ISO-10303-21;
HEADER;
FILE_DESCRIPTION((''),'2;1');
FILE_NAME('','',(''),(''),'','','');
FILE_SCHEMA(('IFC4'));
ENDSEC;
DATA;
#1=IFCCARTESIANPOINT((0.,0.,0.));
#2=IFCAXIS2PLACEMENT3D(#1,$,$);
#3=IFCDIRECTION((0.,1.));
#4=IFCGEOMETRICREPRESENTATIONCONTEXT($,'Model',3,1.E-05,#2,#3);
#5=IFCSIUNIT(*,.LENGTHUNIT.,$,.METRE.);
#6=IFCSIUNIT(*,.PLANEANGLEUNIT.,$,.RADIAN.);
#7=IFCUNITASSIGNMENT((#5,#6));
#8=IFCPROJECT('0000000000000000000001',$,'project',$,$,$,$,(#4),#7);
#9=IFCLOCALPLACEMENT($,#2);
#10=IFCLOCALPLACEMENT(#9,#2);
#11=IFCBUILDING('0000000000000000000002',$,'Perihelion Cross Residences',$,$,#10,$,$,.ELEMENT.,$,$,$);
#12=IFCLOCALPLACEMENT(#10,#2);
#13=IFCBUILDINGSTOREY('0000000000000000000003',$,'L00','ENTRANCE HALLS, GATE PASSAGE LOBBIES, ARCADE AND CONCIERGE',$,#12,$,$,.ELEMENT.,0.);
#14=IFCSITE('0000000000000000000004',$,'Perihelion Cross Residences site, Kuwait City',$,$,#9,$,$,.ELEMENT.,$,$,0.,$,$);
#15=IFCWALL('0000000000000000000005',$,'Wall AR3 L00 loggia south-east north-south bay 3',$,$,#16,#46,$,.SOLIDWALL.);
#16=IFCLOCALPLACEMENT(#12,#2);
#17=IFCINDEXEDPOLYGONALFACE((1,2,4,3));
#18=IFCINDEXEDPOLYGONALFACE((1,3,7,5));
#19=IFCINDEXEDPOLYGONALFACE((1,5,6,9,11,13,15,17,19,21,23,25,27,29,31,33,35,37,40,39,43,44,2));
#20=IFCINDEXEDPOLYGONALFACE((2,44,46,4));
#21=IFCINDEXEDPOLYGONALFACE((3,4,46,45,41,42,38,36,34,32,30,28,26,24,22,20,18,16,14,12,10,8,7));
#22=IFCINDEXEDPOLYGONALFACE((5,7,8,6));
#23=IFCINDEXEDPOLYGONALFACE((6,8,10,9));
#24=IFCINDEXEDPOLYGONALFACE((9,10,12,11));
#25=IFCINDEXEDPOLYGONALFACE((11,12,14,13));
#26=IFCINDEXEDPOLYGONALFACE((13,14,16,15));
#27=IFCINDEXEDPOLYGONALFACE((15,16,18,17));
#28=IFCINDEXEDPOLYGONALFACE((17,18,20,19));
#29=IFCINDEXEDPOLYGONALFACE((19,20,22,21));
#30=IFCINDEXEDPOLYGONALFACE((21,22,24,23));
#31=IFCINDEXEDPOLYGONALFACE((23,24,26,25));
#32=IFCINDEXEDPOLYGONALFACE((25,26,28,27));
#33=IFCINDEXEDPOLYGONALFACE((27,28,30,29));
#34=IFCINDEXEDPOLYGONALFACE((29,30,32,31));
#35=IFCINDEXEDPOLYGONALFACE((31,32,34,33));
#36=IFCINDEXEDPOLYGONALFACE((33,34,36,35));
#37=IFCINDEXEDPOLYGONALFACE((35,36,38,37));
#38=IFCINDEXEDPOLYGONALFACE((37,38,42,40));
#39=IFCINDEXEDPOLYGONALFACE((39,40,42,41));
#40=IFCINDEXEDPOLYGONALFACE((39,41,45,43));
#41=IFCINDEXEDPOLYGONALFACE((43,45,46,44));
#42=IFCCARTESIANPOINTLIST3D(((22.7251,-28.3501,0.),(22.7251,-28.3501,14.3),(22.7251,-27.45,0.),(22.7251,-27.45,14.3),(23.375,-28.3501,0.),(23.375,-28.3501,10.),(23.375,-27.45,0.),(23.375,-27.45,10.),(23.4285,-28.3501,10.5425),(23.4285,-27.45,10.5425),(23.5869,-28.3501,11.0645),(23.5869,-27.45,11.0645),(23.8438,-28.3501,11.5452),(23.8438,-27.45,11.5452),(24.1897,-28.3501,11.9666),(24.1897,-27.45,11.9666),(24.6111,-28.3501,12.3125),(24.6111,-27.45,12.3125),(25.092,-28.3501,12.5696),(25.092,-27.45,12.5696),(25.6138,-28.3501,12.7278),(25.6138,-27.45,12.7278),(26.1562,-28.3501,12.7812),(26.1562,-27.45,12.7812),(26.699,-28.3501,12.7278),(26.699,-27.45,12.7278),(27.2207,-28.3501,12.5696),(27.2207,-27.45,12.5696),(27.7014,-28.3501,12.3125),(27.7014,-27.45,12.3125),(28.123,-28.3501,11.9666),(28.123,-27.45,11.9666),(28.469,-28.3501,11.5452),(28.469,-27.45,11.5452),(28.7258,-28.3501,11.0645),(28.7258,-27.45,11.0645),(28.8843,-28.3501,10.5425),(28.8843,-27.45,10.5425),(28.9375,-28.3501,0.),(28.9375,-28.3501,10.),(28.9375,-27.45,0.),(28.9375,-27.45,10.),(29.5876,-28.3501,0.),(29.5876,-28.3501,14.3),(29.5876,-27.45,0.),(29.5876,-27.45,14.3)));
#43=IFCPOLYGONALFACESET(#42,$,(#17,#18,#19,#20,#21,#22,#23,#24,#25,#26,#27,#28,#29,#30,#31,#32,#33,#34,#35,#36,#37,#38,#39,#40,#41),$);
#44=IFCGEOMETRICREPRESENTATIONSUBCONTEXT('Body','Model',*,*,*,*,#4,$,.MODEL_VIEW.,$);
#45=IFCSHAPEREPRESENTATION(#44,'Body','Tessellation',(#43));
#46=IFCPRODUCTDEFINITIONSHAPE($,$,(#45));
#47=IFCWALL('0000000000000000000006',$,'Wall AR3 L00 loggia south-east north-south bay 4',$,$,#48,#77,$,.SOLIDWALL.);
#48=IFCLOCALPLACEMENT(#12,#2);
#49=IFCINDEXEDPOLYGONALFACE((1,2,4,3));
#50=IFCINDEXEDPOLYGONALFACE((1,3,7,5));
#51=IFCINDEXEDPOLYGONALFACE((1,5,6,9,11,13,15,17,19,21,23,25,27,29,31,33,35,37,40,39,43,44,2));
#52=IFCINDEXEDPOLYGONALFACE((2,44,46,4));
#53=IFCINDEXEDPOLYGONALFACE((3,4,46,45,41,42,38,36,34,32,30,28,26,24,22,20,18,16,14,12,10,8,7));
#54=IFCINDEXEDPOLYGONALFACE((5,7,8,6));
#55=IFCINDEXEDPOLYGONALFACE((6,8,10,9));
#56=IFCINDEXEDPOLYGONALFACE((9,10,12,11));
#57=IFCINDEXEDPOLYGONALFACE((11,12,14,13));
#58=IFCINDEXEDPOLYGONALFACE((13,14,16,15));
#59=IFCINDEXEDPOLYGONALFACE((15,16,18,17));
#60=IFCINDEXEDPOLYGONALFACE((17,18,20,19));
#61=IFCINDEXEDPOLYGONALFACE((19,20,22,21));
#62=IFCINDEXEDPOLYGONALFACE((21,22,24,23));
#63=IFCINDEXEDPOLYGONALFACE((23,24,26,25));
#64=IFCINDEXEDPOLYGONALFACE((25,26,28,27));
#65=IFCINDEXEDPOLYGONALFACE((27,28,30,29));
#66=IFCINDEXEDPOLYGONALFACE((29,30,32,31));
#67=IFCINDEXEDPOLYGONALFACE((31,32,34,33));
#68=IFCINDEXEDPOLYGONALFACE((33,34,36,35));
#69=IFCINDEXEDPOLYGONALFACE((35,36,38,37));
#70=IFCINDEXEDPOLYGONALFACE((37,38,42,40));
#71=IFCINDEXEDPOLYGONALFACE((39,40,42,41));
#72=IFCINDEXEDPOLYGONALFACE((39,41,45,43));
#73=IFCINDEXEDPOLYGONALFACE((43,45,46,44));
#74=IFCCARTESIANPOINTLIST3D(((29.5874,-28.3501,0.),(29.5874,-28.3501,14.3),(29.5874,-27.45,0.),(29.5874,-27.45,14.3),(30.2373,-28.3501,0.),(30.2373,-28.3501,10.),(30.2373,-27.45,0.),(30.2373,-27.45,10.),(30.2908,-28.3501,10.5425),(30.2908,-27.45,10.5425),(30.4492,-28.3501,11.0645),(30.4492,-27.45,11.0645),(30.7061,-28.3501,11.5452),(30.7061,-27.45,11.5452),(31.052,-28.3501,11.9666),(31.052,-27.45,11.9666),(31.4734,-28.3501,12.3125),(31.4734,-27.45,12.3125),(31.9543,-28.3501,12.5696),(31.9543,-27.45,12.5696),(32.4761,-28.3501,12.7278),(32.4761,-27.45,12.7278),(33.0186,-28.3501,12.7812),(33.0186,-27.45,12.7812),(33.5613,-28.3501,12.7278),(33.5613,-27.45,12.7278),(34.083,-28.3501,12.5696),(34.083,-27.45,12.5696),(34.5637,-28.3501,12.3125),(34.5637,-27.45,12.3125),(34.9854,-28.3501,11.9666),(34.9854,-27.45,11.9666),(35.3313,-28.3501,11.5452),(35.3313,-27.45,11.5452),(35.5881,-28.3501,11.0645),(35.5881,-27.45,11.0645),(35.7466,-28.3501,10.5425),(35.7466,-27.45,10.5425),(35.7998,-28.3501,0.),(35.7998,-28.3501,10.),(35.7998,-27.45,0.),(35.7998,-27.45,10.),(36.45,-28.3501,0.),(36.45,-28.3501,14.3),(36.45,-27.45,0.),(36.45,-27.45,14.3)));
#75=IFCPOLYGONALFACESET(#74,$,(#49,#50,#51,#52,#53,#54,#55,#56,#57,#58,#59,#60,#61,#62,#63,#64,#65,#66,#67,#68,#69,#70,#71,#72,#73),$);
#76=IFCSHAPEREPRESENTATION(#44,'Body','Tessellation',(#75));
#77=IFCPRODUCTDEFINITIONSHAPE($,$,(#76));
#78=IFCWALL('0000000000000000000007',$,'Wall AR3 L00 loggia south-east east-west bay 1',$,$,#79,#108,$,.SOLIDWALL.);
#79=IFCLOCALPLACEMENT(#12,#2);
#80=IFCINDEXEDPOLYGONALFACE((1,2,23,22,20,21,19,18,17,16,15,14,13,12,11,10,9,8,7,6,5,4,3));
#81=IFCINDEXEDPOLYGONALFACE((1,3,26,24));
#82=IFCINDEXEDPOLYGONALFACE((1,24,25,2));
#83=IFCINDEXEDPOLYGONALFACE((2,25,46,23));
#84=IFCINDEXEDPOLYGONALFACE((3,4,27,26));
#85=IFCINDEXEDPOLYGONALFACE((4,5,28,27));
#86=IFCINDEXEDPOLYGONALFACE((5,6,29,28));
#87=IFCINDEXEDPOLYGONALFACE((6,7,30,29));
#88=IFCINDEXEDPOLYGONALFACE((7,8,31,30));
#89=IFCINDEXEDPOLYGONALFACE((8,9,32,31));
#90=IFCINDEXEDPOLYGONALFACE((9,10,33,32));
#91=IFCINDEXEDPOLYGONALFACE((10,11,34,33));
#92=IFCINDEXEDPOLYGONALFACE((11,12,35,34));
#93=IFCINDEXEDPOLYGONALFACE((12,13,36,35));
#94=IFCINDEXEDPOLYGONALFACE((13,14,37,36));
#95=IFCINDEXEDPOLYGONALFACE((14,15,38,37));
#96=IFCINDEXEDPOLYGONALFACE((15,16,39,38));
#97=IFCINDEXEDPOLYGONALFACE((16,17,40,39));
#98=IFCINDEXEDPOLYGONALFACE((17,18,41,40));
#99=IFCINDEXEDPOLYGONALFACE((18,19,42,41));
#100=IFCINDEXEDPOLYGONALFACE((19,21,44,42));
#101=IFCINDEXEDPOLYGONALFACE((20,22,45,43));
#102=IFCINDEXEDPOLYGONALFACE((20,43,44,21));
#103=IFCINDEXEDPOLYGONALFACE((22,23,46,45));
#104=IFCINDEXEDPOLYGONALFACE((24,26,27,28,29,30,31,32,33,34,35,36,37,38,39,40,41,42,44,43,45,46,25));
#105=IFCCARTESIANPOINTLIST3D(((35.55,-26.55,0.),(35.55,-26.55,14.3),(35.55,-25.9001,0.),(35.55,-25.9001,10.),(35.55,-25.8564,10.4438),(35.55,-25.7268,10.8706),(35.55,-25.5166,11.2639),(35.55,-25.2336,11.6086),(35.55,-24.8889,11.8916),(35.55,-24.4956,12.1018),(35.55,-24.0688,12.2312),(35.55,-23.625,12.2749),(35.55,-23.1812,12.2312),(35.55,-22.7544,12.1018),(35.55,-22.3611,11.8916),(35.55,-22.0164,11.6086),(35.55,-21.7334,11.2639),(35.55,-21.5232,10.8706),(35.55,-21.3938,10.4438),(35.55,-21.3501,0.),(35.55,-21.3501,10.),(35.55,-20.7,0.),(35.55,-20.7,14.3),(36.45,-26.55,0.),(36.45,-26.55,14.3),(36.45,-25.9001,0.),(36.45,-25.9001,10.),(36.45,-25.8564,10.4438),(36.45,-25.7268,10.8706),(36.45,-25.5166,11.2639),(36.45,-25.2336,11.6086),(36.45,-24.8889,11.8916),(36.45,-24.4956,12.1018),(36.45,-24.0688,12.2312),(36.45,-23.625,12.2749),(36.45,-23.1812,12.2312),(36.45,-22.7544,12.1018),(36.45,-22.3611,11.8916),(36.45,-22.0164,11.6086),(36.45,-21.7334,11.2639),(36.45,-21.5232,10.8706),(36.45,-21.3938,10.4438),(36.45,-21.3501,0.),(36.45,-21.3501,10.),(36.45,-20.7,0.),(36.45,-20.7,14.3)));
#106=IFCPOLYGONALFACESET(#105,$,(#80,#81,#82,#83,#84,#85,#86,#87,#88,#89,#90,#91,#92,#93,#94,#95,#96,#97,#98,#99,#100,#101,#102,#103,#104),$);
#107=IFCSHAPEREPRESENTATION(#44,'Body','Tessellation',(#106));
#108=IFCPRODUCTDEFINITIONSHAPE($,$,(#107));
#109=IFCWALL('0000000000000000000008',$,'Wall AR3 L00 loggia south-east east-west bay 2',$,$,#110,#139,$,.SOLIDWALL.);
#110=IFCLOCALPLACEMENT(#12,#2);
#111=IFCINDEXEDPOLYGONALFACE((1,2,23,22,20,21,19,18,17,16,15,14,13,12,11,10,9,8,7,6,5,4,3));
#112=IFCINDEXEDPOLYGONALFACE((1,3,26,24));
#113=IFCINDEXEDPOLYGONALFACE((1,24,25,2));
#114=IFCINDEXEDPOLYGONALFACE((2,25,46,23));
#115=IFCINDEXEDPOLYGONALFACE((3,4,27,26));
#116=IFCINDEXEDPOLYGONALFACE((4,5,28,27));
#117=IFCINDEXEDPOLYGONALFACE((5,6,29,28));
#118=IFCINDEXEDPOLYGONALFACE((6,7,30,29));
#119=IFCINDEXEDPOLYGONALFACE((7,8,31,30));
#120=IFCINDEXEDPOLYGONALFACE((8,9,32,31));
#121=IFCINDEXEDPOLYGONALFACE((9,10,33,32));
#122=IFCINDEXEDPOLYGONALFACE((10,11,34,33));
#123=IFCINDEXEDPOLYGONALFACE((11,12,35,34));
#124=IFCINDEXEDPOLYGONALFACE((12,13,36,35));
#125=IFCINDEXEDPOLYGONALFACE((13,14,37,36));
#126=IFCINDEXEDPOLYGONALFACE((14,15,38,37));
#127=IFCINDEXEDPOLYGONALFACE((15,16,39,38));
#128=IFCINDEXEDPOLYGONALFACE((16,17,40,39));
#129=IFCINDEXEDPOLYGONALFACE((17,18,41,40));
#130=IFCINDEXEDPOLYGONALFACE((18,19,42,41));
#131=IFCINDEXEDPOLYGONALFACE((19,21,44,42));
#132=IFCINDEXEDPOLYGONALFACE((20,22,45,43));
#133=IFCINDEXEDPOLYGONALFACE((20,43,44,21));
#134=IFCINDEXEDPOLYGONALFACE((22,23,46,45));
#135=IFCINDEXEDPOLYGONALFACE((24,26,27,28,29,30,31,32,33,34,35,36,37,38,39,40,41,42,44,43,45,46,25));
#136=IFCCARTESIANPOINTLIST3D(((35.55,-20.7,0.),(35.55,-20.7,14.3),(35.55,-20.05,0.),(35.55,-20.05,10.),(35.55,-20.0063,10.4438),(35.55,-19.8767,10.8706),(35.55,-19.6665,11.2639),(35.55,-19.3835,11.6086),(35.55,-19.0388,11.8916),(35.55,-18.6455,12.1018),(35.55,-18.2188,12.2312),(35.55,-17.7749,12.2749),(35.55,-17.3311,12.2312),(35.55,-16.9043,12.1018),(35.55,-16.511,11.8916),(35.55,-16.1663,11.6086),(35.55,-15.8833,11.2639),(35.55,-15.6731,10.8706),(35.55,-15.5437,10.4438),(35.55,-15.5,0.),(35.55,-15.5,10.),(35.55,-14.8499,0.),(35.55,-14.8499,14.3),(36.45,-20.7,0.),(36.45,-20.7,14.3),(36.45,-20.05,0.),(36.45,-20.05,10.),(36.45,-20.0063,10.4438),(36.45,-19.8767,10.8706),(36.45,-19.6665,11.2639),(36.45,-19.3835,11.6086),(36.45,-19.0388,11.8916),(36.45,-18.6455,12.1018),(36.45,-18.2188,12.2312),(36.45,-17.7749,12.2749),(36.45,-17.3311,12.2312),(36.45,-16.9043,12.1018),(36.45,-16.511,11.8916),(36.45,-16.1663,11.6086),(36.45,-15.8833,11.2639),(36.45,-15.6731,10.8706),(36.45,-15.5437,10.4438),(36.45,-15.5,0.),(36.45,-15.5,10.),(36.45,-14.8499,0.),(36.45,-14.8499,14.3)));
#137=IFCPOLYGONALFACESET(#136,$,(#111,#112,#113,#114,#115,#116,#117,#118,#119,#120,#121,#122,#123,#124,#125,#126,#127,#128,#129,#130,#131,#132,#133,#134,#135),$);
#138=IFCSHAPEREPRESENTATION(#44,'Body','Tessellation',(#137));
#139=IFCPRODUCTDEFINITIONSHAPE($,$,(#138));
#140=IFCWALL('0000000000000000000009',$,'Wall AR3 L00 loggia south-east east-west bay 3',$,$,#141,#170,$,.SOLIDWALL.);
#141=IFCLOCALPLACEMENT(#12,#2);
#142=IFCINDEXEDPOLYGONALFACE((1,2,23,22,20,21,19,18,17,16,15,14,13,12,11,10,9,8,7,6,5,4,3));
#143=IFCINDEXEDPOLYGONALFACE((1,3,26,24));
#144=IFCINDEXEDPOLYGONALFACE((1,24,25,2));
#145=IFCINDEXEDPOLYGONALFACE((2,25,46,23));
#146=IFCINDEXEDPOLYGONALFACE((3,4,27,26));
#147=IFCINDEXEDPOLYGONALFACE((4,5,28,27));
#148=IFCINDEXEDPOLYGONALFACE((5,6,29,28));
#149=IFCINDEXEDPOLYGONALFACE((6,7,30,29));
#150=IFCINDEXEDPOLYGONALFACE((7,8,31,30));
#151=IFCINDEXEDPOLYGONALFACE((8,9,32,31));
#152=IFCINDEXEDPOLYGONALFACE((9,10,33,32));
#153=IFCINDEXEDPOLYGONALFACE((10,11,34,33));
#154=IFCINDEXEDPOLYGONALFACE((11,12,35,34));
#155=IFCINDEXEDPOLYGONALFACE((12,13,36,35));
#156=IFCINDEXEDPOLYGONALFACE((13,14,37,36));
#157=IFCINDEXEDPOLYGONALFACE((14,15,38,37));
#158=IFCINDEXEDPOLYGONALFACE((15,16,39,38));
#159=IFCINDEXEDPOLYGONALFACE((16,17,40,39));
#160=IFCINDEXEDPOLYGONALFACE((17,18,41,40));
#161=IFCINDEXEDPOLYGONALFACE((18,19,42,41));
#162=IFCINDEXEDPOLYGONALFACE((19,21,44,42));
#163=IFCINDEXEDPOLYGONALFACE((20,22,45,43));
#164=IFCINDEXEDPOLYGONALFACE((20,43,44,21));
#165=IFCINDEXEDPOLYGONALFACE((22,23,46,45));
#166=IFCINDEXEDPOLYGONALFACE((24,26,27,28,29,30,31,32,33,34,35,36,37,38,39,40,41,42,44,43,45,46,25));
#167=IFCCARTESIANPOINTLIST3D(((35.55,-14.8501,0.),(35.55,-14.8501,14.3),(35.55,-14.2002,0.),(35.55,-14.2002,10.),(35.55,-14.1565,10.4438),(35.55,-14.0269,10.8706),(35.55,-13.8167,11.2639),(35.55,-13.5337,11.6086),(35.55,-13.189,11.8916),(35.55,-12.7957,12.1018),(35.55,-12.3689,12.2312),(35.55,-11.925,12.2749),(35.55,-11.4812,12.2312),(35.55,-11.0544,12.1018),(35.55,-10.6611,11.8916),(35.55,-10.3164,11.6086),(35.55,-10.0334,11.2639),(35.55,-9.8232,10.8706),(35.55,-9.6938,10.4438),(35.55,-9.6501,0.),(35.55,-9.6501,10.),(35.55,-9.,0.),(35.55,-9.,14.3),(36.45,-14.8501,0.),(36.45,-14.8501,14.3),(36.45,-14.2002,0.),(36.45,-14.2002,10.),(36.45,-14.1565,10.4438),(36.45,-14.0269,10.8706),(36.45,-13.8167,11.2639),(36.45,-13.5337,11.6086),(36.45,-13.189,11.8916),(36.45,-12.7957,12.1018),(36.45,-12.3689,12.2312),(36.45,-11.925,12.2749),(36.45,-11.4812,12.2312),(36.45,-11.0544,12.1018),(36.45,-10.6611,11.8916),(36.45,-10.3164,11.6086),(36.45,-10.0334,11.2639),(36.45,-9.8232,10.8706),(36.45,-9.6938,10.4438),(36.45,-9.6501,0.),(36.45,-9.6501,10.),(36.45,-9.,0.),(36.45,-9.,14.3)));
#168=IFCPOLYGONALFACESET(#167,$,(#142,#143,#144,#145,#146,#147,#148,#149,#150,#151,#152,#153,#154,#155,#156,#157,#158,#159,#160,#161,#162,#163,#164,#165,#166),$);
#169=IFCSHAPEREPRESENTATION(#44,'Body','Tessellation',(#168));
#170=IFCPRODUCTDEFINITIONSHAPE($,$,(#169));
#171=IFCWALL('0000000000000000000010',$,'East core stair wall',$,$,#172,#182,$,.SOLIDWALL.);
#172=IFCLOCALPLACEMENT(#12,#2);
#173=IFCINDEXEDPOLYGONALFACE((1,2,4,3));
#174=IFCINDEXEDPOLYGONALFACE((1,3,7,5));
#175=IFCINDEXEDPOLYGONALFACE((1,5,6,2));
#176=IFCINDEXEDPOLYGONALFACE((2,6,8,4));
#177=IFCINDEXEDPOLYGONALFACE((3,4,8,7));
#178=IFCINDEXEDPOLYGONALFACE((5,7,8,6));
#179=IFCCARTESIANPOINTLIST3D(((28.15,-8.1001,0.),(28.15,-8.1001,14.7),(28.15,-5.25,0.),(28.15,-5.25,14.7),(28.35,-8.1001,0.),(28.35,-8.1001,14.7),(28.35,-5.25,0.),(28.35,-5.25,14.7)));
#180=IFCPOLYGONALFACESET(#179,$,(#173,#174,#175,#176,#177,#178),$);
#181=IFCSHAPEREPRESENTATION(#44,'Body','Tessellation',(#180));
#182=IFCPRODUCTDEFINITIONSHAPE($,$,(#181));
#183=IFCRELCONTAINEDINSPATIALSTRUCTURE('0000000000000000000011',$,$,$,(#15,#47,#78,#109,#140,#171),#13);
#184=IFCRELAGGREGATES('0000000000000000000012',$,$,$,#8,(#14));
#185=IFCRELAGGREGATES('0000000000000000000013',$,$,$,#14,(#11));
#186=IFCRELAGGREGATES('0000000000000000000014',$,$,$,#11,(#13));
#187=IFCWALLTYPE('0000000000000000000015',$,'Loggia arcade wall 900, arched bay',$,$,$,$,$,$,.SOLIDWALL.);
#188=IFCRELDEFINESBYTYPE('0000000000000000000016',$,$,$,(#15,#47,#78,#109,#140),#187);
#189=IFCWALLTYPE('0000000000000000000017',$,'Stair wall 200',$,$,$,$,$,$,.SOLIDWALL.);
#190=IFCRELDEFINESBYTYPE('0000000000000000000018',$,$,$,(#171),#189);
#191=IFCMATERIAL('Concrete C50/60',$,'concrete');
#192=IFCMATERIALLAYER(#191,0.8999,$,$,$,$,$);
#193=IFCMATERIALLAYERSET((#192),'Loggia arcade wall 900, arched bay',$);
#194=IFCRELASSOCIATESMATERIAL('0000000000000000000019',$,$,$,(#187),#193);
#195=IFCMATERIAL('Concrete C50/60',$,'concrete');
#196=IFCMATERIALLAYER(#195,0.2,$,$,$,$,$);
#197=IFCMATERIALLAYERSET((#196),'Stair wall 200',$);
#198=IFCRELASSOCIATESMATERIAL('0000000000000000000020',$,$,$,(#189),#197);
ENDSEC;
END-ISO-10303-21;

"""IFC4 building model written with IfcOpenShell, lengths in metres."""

from ifc_helpers import new_model, si_unit, direction, frame, frame_2d, origin, place, context, subcontext, project, spatial, polyline, rectangle, outline, extrude, material, layer, layer_set, type_object, element, save


model = new_model("IFC4")

# Units and contexts
model_context = context("Model", 3, precision=1e-05, world=origin(), true_north=direction((0.0, 1.0)))
body_context = subcontext(model_context, "Body", "Model", "MODEL_VIEW")
ifc_project = project(units=[si_unit("LENGTHUNIT", "METRE"), si_unit("PLANEANGLEUNIT", "RADIAN")], contexts=[model_context])

# Site, building, storey
site_placement = place(None, origin())
site = spatial("IfcSite", under=ifc_project, at=site_placement, Name="Perihelion Cross Residences site, Kuwait City", CompositionType="ELEMENT", RefElevation=0.0)
building_placement = place(site_placement, origin())
building = spatial("IfcBuilding", under=site, at=building_placement, Name="Perihelion Cross Residences", CompositionType="ELEMENT")
storey_placement = place(building_placement, origin())
storey = spatial("IfcBuildingStorey", under=building, at=storey_placement, Name="L00", Description="ENTRANCE HALLS, GATE PASSAGE LOBBIES, ARCADE AND CONCIERGE", CompositionType="ELEMENT", Elevation=0.0)

# Walls
ifc_material_1 = material(Name="Concrete C50/60", Category="concrete")
ifc_layer_1 = layer(ifc_material_1, 0.8999)
ifc_layer_set_1 = layer_set([ifc_layer_1], Name="Loggia arcade wall 900, arched bay")
wall_type_1 = type_object("IfcWallType", Name="Loggia arcade wall 900, arched bay", PredefinedType="SOLIDWALL", material=ifc_layer_set_1)
for number, where, z_axis, x_axis, name in (
    (1, (22.7251, -27.45, 0.0), (0.0, -1.0, 0.0), (1.0, 0.0, 0.0), "Wall AR3 L00 loggia south-east north-south bay 3"),
    (2, (29.5874, -27.45, 0.0), (0.0, -1.0, 0.0), (1.0, 0.0, 0.0), "Wall AR3 L00 loggia south-east north-south bay 4"),
):
    element("IfcWall", number, at=place(storey_placement, frame(where, z_axis=z_axis, x_axis=x_axis)), inside=storey, type_object=wall_type_1, Name=name, PredefinedType="SOLIDWALL", context=body_context, shape_type="SweptSolid", body=[
        extrude(outline(polyline([(0.0, 0.0), (0.6499, 0.0), (0.6499, 10.0), (0.7034, 10.5425), (0.8618, 11.0645), (1.1187, 11.5452), (1.4646, 11.9666), (1.886, 12.3125), (2.3669, 12.5696), (2.8887, 12.7278), (3.4312, 12.7812), (3.9739, 12.7278), (4.4956, 12.5696), (4.9763, 12.3125), (5.3979, 11.9666), (5.7439, 11.5452), (6.0007, 11.0645), (6.1592, 10.5425), (6.2124, 10.0), (6.2124, 0.0), (6.8625, 0.0), (6.8625, 14.3), (0.0, 14.3), (0.0, 0.0)])), origin(), (0.0, 0.0, 1.0), 0.9001),
    ])
for number, where, z_axis, x_axis, name in (
    (3, (35.55, -26.55, 0.0), (1.0, 0.0, 0.0), (0.0, 1.0, 0.0), "Wall AR3 L00 loggia south-east east-west bay 1"),
    (4, (35.55, -20.7, 0.0), (1.0, 0.0, 0.0), (0.0, 1.0, 0.0), "Wall AR3 L00 loggia south-east east-west bay 2"),
    (5, (35.55, -14.8501, 0.0), (1.0, 0.0, 0.0), (0.0, 1.0, 0.0), "Wall AR3 L00 loggia south-east east-west bay 3"),
):
    element("IfcWall", number, at=place(storey_placement, frame(where, z_axis=z_axis, x_axis=x_axis)), inside=storey, type_object=wall_type_1, Name=name, PredefinedType="SOLIDWALL", context=body_context, shape_type="SweptSolid", body=[
        extrude(outline(polyline([(0.0, 0.0), (0.6499, 0.0), (0.6499, 10.0), (0.6936, 10.4438), (0.8232, 10.8706), (1.0334, 11.2639), (1.3164, 11.6086), (1.6611, 11.8916), (2.0544, 12.1018), (2.4812, 12.2312), (2.925, 12.2749), (3.3689, 12.2312), (3.7957, 12.1018), (4.189, 11.8916), (4.5337, 11.6086), (4.8167, 11.2639), (5.0269, 10.8706), (5.1562, 10.4438), (5.2, 10.0), (5.2, 0.0), (5.8501, 0.0), (5.8501, 14.3), (0.0, 14.3), (0.0, 0.0)])), origin(), (0.0, 0.0, 1.0), 0.8999),
    ])
ifc_material_2 = material(Name="Concrete C50/60", Category="concrete")
ifc_layer_2 = layer(ifc_material_2, 0.2)
ifc_layer_set_2 = layer_set([ifc_layer_2], Name="Stair wall 200")
wall_type_2 = type_object("IfcWallType", Name="Stair wall 200", PredefinedType="SOLIDWALL", material=ifc_layer_set_2)
wall_1_placement = place(storey_placement, frame((28.25, -8.1001, 0.0), z_axis=(0.0, 0.0, 1.0), x_axis=(0.0, 1.0, 0.0)))
element("IfcWall", 6, at=wall_1_placement, inside=storey, type_object=wall_type_2, Name="East core stair wall", PredefinedType="SOLIDWALL", context=body_context, shape_type="SweptSolid", body=[
    extrude(rectangle(XDim=2.8501, YDim=0.2, at=frame_2d((1.425, 0.0))), origin(), (0.0, 0.0, 1.0), 14.7),
])

save(model, "model.ifc")
